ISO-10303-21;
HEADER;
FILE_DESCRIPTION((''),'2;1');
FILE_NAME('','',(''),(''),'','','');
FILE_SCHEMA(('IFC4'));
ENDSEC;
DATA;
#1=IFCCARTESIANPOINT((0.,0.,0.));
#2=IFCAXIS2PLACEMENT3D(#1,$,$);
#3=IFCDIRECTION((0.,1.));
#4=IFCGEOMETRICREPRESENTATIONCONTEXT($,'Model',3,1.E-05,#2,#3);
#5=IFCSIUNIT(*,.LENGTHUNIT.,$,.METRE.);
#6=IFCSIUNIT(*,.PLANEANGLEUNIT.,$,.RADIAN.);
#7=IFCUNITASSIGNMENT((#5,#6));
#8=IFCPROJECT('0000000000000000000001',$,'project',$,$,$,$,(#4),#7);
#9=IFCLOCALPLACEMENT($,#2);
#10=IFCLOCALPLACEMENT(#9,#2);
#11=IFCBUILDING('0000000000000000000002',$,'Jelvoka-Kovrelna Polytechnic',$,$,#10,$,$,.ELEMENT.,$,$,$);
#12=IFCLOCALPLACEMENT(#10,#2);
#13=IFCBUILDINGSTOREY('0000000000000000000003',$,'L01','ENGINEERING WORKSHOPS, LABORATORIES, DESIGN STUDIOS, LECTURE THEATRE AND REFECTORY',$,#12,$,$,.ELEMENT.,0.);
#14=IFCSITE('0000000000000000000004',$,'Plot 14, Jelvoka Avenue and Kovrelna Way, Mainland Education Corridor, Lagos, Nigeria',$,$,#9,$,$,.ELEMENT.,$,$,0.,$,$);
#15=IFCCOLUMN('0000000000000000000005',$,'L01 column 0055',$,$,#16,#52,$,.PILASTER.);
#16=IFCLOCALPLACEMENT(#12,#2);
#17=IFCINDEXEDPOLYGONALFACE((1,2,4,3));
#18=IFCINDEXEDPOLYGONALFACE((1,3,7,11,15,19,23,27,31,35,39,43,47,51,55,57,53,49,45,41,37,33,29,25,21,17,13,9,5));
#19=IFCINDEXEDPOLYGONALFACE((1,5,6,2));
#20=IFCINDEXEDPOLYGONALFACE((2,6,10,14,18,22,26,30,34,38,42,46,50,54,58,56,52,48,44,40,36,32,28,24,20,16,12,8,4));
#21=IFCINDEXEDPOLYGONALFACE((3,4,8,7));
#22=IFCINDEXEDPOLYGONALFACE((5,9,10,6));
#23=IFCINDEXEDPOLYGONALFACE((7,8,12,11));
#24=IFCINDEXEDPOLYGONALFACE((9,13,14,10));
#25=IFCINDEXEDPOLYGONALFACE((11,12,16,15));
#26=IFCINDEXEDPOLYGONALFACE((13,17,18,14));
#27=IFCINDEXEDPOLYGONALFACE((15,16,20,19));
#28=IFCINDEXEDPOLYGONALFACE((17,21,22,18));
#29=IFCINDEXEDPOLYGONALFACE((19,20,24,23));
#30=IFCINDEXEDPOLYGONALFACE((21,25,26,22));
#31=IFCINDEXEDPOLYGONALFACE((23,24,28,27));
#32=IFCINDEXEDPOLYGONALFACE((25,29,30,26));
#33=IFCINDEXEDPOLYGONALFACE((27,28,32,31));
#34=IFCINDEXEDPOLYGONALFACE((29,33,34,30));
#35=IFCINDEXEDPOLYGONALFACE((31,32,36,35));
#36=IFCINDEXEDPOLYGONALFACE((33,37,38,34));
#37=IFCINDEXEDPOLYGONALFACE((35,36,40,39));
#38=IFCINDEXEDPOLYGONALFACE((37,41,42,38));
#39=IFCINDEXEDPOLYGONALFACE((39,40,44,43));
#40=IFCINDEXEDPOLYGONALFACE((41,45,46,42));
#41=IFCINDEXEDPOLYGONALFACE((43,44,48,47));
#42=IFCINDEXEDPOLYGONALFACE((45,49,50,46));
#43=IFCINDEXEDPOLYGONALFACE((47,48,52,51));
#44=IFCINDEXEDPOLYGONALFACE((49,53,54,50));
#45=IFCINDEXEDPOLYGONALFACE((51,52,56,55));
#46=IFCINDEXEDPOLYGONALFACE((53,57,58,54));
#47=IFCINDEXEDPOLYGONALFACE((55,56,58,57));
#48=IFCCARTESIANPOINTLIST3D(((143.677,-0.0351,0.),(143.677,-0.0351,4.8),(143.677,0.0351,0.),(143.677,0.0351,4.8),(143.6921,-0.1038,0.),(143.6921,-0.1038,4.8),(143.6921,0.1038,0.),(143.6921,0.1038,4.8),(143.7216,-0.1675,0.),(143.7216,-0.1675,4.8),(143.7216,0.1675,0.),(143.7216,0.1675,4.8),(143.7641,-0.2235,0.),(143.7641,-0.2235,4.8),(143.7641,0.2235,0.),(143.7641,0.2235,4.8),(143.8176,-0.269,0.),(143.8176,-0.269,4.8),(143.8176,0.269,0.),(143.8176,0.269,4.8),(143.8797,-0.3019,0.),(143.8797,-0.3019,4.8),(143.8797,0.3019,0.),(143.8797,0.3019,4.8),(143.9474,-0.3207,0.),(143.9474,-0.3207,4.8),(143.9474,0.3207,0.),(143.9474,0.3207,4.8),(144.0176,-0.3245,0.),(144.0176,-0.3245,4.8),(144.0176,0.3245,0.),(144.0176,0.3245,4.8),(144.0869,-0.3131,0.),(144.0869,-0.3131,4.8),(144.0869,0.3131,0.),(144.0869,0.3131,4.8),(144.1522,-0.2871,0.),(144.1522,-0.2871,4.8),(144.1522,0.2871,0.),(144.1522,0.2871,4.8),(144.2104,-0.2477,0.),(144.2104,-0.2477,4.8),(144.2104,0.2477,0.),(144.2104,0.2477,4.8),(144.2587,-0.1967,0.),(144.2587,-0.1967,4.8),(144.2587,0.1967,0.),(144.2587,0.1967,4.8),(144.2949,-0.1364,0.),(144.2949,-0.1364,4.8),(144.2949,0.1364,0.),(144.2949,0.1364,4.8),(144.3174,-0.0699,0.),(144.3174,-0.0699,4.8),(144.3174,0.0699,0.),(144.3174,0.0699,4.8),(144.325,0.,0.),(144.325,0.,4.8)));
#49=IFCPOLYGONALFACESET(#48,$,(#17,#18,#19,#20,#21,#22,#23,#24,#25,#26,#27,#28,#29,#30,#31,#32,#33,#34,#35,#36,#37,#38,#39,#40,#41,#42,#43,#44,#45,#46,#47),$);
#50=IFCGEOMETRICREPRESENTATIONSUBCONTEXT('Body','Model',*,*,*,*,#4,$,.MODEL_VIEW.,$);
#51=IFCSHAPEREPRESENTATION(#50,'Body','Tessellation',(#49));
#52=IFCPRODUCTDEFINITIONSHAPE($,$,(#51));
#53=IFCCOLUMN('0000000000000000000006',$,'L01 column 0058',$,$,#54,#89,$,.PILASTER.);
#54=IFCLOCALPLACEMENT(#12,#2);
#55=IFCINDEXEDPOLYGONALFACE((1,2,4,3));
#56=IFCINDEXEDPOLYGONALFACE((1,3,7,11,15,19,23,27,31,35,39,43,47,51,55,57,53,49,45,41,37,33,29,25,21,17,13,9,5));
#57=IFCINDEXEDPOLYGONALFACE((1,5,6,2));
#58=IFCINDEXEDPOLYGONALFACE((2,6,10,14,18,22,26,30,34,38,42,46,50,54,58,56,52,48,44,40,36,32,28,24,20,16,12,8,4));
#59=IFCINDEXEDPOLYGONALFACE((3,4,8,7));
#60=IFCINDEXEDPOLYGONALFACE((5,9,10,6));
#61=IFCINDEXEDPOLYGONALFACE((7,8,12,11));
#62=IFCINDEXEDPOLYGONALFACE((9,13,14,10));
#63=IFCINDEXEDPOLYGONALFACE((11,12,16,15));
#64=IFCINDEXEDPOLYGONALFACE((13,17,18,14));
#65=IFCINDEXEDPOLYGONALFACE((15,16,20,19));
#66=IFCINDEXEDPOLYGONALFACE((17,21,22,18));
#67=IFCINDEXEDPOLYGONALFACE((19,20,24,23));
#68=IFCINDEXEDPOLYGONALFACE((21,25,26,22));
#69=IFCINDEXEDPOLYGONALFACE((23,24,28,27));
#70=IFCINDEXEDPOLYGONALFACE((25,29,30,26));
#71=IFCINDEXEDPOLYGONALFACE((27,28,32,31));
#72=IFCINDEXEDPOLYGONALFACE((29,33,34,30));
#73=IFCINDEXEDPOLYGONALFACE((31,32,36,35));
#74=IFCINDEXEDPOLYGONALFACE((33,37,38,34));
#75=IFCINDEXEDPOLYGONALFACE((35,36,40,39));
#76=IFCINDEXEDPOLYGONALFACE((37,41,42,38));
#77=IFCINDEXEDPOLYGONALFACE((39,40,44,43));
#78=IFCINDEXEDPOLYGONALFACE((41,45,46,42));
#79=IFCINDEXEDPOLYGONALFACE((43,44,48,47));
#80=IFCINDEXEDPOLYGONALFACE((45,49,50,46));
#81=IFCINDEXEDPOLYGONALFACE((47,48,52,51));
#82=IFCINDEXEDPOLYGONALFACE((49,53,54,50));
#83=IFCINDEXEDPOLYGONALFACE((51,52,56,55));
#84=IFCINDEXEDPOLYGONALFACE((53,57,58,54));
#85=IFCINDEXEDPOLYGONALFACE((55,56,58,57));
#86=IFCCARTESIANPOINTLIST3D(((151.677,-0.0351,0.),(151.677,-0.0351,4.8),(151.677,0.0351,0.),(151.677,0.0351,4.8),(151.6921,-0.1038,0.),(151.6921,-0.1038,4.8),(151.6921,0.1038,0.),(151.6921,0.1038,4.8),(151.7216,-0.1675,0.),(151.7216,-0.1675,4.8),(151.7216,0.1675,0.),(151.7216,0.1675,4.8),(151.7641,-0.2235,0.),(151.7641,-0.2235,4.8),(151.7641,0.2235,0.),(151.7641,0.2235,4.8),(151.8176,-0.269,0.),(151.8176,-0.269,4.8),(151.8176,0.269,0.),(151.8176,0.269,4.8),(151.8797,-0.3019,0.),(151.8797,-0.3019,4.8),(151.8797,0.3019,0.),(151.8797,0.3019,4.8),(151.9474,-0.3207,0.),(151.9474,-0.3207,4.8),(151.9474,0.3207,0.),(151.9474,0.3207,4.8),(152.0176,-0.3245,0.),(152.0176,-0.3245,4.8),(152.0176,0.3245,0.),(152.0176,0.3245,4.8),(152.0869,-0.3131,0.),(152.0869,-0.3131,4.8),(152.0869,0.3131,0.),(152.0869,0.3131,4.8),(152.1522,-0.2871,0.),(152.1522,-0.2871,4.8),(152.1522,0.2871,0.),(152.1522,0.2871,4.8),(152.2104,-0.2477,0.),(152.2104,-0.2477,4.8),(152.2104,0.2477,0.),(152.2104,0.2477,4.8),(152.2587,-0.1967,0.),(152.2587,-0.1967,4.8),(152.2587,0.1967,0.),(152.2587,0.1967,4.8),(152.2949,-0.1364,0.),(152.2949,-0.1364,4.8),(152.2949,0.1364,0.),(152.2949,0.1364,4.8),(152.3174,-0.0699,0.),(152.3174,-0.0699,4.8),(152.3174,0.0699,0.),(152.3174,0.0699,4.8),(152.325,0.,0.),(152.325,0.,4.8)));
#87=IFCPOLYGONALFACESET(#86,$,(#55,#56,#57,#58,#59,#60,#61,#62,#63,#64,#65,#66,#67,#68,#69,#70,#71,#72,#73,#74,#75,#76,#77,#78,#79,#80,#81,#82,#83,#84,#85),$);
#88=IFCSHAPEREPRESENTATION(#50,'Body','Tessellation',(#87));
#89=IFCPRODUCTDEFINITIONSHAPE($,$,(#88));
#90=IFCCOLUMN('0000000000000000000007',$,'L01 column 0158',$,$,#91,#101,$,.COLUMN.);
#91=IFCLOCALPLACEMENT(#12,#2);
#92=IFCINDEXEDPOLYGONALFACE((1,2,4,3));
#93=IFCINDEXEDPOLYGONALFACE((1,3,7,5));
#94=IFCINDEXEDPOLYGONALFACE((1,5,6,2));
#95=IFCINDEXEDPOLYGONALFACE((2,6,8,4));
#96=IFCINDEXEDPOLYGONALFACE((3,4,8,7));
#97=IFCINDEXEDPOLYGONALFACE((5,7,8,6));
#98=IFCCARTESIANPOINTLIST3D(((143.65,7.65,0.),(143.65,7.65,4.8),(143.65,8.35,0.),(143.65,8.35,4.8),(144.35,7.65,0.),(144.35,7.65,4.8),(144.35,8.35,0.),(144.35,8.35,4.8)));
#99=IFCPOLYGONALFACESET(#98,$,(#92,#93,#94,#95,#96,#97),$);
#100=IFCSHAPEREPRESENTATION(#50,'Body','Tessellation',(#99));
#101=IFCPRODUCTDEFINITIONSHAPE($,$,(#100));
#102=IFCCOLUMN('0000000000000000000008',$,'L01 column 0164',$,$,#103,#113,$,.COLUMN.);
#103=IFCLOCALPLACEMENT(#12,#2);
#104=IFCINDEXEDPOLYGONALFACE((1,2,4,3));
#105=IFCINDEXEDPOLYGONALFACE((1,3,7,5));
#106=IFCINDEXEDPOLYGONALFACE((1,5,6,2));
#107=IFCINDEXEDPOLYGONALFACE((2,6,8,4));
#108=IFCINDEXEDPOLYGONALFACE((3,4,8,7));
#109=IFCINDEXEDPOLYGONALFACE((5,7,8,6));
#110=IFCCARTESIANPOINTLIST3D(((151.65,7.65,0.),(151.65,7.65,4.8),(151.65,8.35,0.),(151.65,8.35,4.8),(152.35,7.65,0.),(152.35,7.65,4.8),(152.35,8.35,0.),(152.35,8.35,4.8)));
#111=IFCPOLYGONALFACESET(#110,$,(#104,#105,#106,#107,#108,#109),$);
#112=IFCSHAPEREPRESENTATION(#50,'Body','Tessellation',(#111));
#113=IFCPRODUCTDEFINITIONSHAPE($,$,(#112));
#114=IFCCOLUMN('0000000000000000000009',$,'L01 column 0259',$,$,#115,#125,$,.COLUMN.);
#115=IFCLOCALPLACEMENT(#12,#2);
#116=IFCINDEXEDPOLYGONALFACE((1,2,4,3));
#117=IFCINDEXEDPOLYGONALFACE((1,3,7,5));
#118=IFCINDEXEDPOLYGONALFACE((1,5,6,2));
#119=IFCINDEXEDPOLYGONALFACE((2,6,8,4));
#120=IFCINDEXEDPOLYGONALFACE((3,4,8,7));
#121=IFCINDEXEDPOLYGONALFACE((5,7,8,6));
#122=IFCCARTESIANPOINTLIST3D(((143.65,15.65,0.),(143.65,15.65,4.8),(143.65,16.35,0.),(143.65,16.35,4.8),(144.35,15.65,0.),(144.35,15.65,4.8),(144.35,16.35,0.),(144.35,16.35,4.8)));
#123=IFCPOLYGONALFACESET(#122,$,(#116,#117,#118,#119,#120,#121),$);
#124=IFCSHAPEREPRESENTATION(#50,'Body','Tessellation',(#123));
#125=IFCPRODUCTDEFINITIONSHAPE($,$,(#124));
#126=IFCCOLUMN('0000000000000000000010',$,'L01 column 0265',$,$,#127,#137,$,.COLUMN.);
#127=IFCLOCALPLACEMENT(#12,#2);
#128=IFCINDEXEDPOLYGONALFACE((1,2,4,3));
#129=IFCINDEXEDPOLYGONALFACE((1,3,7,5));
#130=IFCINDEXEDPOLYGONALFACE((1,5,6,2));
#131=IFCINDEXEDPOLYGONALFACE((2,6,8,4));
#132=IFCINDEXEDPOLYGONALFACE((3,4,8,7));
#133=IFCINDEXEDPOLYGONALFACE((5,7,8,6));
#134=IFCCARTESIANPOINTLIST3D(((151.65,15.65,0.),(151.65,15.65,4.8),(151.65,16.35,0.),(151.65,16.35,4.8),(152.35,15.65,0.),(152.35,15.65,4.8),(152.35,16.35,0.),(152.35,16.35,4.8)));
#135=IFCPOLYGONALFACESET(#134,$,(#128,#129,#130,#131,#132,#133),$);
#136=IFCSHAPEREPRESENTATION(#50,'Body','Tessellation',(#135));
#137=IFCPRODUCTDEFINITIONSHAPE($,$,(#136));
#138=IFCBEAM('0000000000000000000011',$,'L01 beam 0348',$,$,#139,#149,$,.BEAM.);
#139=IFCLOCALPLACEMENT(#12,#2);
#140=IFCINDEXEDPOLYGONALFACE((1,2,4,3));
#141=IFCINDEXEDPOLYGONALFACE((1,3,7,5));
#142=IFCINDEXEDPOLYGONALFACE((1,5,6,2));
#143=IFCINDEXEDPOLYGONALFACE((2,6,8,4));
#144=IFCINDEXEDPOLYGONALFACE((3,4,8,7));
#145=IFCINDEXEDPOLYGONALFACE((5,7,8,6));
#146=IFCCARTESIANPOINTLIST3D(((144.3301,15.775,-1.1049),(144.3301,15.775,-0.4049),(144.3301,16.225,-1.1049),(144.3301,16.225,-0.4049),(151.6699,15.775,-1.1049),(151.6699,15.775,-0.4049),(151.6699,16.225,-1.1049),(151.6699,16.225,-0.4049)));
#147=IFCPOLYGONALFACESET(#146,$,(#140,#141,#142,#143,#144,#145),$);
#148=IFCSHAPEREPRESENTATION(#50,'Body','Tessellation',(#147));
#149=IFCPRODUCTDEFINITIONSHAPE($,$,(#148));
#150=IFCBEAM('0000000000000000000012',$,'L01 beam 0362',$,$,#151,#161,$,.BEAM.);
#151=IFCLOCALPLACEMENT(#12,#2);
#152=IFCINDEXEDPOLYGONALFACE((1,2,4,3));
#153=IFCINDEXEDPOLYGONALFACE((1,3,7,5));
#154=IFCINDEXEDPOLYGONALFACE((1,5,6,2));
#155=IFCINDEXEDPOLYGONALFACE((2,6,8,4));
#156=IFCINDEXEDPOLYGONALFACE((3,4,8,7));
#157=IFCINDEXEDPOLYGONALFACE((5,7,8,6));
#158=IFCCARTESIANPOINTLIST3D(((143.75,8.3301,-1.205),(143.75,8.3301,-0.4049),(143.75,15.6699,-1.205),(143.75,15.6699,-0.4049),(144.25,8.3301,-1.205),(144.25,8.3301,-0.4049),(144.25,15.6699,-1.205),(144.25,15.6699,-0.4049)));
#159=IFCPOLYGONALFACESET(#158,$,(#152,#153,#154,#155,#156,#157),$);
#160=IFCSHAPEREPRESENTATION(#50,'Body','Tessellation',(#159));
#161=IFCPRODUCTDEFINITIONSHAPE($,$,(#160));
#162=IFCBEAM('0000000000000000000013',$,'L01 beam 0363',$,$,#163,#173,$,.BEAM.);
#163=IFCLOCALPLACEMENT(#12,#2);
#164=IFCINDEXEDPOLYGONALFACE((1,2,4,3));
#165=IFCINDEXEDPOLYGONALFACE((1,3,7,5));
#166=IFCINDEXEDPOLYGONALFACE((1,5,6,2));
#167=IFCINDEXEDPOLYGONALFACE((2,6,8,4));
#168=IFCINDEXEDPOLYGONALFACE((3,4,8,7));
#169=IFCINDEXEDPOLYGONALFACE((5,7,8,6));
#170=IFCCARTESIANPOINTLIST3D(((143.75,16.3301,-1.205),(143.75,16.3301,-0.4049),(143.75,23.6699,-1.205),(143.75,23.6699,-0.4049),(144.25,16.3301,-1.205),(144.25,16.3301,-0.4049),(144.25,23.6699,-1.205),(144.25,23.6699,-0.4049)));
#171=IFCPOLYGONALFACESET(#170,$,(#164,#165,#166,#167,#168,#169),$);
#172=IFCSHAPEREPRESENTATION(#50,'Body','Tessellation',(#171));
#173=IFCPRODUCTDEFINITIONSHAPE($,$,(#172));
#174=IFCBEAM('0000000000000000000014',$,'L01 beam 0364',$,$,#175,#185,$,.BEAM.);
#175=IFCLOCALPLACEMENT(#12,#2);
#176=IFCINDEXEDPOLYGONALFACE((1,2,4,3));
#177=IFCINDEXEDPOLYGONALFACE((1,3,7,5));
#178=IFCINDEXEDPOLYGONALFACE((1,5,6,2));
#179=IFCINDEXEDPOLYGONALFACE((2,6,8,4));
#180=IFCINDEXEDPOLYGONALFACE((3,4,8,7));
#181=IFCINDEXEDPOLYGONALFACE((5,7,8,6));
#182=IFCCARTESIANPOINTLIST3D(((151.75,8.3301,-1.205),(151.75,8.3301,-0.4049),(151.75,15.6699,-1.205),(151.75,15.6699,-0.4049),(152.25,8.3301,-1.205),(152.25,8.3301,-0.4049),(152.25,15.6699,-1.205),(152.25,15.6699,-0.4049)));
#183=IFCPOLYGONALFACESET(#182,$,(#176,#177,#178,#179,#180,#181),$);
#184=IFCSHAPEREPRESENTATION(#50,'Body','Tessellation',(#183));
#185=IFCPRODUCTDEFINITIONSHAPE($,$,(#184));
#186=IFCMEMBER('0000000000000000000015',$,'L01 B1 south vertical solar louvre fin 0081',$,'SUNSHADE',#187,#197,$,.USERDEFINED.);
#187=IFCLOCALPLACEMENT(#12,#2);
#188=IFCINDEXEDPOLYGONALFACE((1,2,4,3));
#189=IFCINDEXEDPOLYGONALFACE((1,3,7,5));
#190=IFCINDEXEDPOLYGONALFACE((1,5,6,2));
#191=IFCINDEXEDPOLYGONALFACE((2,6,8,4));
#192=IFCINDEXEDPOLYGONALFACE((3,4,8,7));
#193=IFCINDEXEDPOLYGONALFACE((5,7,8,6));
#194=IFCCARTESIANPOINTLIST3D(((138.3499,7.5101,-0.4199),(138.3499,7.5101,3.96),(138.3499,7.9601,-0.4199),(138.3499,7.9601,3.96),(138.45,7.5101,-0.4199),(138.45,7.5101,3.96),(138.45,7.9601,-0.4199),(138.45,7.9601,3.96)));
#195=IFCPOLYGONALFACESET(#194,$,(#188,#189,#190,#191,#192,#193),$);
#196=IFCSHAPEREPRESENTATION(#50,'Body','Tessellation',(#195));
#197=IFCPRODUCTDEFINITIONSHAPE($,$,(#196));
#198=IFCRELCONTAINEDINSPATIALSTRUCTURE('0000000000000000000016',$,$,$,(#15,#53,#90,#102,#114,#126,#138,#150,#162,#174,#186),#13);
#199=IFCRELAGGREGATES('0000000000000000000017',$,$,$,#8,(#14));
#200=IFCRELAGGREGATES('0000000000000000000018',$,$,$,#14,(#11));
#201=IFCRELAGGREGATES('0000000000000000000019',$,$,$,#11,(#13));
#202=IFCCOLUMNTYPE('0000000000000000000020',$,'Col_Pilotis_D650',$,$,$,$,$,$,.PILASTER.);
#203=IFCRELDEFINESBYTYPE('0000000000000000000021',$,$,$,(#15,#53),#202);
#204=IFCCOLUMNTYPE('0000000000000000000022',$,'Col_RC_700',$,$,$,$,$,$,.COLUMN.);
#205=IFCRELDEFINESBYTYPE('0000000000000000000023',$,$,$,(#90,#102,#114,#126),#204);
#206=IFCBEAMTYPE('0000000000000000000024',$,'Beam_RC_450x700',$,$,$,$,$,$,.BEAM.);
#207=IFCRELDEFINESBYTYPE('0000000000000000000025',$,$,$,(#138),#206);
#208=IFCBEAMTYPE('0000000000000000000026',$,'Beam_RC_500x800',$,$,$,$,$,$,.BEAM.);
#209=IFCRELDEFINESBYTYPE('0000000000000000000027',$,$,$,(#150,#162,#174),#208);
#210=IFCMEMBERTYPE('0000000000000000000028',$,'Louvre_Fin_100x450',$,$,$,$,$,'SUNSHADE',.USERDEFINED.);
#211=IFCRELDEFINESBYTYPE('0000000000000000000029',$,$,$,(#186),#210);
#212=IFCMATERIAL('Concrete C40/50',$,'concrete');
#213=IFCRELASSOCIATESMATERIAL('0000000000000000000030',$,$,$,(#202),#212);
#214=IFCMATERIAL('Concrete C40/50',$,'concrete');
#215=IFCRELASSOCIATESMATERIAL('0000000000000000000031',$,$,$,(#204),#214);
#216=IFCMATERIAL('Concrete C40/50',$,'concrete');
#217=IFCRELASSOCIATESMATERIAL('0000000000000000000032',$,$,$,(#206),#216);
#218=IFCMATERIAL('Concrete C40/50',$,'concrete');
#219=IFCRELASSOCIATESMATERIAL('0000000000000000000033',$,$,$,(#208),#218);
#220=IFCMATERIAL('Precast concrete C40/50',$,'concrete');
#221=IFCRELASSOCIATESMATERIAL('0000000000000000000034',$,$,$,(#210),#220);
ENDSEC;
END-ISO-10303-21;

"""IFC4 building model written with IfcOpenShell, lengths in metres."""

from ifc_helpers import new_model, si_unit, direction, frame, origin, origin_2d, place, context, subcontext, project, spatial, rectangle, circle, extrude, material, material_profile, profile_set, type_object, element, save


model = new_model("IFC4")

# Units and contexts
model_context = context("Model", 3, precision=1e-05, world=origin(), true_north=direction((0.0, 1.0)))
body_context = subcontext(model_context, "Body", "Model", "MODEL_VIEW")
ifc_project = project(units=[si_unit("LENGTHUNIT", "METRE"), si_unit("PLANEANGLEUNIT", "RADIAN")], contexts=[model_context])

# Site, building, storey
site_placement = place(None, origin())
site = spatial("IfcSite", under=ifc_project, at=site_placement, Name="Plot 14, Jelvoka Avenue and Kovrelna Way, Mainland Education Corridor, Lagos, Nigeria", CompositionType="ELEMENT", RefElevation=0.0)
building_placement = place(site_placement, origin())
building = spatial("IfcBuilding", under=site, at=building_placement, Name="Jelvoka-Kovrelna Polytechnic", CompositionType="ELEMENT")
storey_placement = place(building_placement, origin())
storey = spatial("IfcBuildingStorey", under=building, at=storey_placement, Name="L01", Description="ENGINEERING WORKSHOPS, LABORATORIES, DESIGN STUDIOS, LECTURE THEATRE AND REFECTORY", CompositionType="ELEMENT", Elevation=0.0)

# Columns
ifc_material_1 = material(Name="Concrete C40/50", Category="concrete")
ifc_material_profile_1 = material_profile(ifc_material_1, circle(Radius=0.325, at=origin_2d()), Name="RC D650")
ifc_profile_set_1 = profile_set([ifc_material_profile_1], Name="Concrete C40/50")
column_type_1 = type_object("IfcColumnType", Name="Col_Pilotis_D650", PredefinedType="PILASTER", material=ifc_profile_set_1)
for number, where, z_axis, x_axis, name in (
    (1, (144.0, 0.0, 0.0), (0.0, 0.0, 1.0), (1.0, 0.0, 0.0), "L01 column 0055"),
    (2, (152.0, 0.0, 0.0), (0.0, 0.0, 1.0), (1.0, 0.0, 0.0), "L01 column 0058"),
):
    element("IfcColumn", number, at=place(storey_placement, frame(where, z_axis=z_axis, x_axis=x_axis)), inside=storey, type_object=column_type_1, Name=name, PredefinedType="PILASTER", context=body_context, shape_type="SweptSolid", body=[
        extrude(circle(Radius=0.325, at=origin_2d()), origin(), (0.0, 0.0, 1.0), 4.8),
    ])
ifc_material_2 = material(Name="Concrete C40/50", Category="concrete")
ifc_material_profile_2 = material_profile(ifc_material_2, rectangle(XDim=0.7, YDim=0.7, at=origin_2d()), Name="RC 700x700")
ifc_profile_set_2 = profile_set([ifc_material_profile_2], Name="Concrete C40/50")
column_type_2 = type_object("IfcColumnType", Name="Col_RC_700", PredefinedType="COLUMN", material=ifc_profile_set_2)
for number, where, z_axis, x_axis, name in (
    (3, (144.0, 8.0, 0.0), (0.0, 0.0, 1.0), (1.0, 0.0, 0.0), "L01 column 0158"),
    (4, (152.0, 8.0, 0.0), (0.0, 0.0, 1.0), (1.0, 0.0, 0.0), "L01 column 0164"),
    (5, (144.0, 16.0, 0.0), (0.0, 0.0, 1.0), (1.0, 0.0, 0.0), "L01 column 0259"),
    (6, (152.0, 16.0, 0.0), (0.0, 0.0, 1.0), (1.0, 0.0, 0.0), "L01 column 0265"),
):
    element("IfcColumn", number, at=place(storey_placement, frame(where, z_axis=z_axis, x_axis=x_axis)), inside=storey, type_object=column_type_2, Name=name, PredefinedType="COLUMN", context=body_context, shape_type="SweptSolid", body=[
        extrude(rectangle(XDim=0.7, YDim=0.7, at=origin_2d()), origin(), (0.0, 0.0, 1.0), 4.8),
    ])

# Beams
ifc_material_3 = material(Name="Concrete C40/50", Category="concrete")
ifc_material_profile_3 = material_profile(ifc_material_3, rectangle(XDim=0.45, YDim=0.7, at=origin_2d()), Name="RC 450x700")
ifc_profile_set_3 = profile_set([ifc_material_profile_3], Name="Concrete C40/50")
beam_type_1 = type_object("IfcBeamType", Name="Beam_RC_450x700", PredefinedType="BEAM", material=ifc_profile_set_3)
beam_1_placement = place(storey_placement, frame((144.3301, 16.0, -0.7549), z_axis=(1.0, 0.0, 0.0), x_axis=(0.0, 1.0, 0.0)))
element("IfcBeam", 7, at=beam_1_placement, inside=storey, type_object=beam_type_1, Name="L01 beam 0348", PredefinedType="BEAM", context=body_context, shape_type="SweptSolid", body=[
    extrude(rectangle(XDim=0.45, YDim=0.7, at=origin_2d()), origin(), (0.0, 0.0, 1.0), 7.3398),
])
ifc_material_4 = material(Name="Concrete C40/50", Category="concrete")
ifc_material_profile_4 = material_profile(ifc_material_4, rectangle(XDim=0.5, YDim=0.8, at=origin_2d()), Name="RC 500x800")
ifc_profile_set_4 = profile_set([ifc_material_profile_4], Name="Concrete C40/50")
beam_type_2 = type_object("IfcBeamType", Name="Beam_RC_500x800", PredefinedType="BEAM", material=ifc_profile_set_4)
for number, where, z_axis, x_axis, name in (
    (8, (144.0, 8.3301, -0.8049), (0.0, 1.0, 0.0), (-1.0, 0.0, 0.0), "L01 beam 0362"),
    (9, (144.0, 16.3301, -0.8049), (0.0, 1.0, 0.0), (-1.0, 0.0, 0.0), "L01 beam 0363"),
    (10, (152.0, 8.3301, -0.8049), (0.0, 1.0, 0.0), (-1.0, 0.0, 0.0), "L01 beam 0364"),
):
    element("IfcBeam", number, at=place(storey_placement, frame(where, z_axis=z_axis, x_axis=x_axis)), inside=storey, type_object=beam_type_2, Name=name, PredefinedType="BEAM", context=body_context, shape_type="SweptSolid", body=[
        extrude(rectangle(XDim=0.5, YDim=0.8, at=origin_2d()), origin(), (0.0, 0.0, 1.0), 7.3398),
    ])

# Member
ifc_material_5 = material(Name="Precast concrete C40/50", Category="concrete")
ifc_material_profile_5 = material_profile(ifc_material_5, rectangle(XDim=0.1001, YDim=0.45, at=origin_2d()), Name="PC 100x450")
ifc_profile_set_5 = profile_set([ifc_material_profile_5], Name="Precast concrete C40/50")
member_type = type_object("IfcMemberType", Name="Louvre_Fin_100x450", ElementType="SUNSHADE", PredefinedType="USERDEFINED", material=ifc_profile_set_5)
for number, where, z_axis, x_axis, name in (
    (11, (138.3999, 7.7351, -0.4199), (0.0, 0.0, 1.0), (1.0, 0.0, 0.0), "L01 B1 south vertical solar louvre fin 0081"),
):
    element("IfcMember", number, at=place(storey_placement, frame(where, z_axis=z_axis, x_axis=x_axis)), inside=storey, type_object=member_type, Name=name, ObjectType="SUNSHADE", PredefinedType="USERDEFINED", context=body_context, shape_type="SweptSolid", body=[
        extrude(rectangle(XDim=0.1001, YDim=0.45, at=origin_2d()), origin(), (0.0, 0.0, 1.0), 4.3799),
    ])

save(model, "model.ifc")
